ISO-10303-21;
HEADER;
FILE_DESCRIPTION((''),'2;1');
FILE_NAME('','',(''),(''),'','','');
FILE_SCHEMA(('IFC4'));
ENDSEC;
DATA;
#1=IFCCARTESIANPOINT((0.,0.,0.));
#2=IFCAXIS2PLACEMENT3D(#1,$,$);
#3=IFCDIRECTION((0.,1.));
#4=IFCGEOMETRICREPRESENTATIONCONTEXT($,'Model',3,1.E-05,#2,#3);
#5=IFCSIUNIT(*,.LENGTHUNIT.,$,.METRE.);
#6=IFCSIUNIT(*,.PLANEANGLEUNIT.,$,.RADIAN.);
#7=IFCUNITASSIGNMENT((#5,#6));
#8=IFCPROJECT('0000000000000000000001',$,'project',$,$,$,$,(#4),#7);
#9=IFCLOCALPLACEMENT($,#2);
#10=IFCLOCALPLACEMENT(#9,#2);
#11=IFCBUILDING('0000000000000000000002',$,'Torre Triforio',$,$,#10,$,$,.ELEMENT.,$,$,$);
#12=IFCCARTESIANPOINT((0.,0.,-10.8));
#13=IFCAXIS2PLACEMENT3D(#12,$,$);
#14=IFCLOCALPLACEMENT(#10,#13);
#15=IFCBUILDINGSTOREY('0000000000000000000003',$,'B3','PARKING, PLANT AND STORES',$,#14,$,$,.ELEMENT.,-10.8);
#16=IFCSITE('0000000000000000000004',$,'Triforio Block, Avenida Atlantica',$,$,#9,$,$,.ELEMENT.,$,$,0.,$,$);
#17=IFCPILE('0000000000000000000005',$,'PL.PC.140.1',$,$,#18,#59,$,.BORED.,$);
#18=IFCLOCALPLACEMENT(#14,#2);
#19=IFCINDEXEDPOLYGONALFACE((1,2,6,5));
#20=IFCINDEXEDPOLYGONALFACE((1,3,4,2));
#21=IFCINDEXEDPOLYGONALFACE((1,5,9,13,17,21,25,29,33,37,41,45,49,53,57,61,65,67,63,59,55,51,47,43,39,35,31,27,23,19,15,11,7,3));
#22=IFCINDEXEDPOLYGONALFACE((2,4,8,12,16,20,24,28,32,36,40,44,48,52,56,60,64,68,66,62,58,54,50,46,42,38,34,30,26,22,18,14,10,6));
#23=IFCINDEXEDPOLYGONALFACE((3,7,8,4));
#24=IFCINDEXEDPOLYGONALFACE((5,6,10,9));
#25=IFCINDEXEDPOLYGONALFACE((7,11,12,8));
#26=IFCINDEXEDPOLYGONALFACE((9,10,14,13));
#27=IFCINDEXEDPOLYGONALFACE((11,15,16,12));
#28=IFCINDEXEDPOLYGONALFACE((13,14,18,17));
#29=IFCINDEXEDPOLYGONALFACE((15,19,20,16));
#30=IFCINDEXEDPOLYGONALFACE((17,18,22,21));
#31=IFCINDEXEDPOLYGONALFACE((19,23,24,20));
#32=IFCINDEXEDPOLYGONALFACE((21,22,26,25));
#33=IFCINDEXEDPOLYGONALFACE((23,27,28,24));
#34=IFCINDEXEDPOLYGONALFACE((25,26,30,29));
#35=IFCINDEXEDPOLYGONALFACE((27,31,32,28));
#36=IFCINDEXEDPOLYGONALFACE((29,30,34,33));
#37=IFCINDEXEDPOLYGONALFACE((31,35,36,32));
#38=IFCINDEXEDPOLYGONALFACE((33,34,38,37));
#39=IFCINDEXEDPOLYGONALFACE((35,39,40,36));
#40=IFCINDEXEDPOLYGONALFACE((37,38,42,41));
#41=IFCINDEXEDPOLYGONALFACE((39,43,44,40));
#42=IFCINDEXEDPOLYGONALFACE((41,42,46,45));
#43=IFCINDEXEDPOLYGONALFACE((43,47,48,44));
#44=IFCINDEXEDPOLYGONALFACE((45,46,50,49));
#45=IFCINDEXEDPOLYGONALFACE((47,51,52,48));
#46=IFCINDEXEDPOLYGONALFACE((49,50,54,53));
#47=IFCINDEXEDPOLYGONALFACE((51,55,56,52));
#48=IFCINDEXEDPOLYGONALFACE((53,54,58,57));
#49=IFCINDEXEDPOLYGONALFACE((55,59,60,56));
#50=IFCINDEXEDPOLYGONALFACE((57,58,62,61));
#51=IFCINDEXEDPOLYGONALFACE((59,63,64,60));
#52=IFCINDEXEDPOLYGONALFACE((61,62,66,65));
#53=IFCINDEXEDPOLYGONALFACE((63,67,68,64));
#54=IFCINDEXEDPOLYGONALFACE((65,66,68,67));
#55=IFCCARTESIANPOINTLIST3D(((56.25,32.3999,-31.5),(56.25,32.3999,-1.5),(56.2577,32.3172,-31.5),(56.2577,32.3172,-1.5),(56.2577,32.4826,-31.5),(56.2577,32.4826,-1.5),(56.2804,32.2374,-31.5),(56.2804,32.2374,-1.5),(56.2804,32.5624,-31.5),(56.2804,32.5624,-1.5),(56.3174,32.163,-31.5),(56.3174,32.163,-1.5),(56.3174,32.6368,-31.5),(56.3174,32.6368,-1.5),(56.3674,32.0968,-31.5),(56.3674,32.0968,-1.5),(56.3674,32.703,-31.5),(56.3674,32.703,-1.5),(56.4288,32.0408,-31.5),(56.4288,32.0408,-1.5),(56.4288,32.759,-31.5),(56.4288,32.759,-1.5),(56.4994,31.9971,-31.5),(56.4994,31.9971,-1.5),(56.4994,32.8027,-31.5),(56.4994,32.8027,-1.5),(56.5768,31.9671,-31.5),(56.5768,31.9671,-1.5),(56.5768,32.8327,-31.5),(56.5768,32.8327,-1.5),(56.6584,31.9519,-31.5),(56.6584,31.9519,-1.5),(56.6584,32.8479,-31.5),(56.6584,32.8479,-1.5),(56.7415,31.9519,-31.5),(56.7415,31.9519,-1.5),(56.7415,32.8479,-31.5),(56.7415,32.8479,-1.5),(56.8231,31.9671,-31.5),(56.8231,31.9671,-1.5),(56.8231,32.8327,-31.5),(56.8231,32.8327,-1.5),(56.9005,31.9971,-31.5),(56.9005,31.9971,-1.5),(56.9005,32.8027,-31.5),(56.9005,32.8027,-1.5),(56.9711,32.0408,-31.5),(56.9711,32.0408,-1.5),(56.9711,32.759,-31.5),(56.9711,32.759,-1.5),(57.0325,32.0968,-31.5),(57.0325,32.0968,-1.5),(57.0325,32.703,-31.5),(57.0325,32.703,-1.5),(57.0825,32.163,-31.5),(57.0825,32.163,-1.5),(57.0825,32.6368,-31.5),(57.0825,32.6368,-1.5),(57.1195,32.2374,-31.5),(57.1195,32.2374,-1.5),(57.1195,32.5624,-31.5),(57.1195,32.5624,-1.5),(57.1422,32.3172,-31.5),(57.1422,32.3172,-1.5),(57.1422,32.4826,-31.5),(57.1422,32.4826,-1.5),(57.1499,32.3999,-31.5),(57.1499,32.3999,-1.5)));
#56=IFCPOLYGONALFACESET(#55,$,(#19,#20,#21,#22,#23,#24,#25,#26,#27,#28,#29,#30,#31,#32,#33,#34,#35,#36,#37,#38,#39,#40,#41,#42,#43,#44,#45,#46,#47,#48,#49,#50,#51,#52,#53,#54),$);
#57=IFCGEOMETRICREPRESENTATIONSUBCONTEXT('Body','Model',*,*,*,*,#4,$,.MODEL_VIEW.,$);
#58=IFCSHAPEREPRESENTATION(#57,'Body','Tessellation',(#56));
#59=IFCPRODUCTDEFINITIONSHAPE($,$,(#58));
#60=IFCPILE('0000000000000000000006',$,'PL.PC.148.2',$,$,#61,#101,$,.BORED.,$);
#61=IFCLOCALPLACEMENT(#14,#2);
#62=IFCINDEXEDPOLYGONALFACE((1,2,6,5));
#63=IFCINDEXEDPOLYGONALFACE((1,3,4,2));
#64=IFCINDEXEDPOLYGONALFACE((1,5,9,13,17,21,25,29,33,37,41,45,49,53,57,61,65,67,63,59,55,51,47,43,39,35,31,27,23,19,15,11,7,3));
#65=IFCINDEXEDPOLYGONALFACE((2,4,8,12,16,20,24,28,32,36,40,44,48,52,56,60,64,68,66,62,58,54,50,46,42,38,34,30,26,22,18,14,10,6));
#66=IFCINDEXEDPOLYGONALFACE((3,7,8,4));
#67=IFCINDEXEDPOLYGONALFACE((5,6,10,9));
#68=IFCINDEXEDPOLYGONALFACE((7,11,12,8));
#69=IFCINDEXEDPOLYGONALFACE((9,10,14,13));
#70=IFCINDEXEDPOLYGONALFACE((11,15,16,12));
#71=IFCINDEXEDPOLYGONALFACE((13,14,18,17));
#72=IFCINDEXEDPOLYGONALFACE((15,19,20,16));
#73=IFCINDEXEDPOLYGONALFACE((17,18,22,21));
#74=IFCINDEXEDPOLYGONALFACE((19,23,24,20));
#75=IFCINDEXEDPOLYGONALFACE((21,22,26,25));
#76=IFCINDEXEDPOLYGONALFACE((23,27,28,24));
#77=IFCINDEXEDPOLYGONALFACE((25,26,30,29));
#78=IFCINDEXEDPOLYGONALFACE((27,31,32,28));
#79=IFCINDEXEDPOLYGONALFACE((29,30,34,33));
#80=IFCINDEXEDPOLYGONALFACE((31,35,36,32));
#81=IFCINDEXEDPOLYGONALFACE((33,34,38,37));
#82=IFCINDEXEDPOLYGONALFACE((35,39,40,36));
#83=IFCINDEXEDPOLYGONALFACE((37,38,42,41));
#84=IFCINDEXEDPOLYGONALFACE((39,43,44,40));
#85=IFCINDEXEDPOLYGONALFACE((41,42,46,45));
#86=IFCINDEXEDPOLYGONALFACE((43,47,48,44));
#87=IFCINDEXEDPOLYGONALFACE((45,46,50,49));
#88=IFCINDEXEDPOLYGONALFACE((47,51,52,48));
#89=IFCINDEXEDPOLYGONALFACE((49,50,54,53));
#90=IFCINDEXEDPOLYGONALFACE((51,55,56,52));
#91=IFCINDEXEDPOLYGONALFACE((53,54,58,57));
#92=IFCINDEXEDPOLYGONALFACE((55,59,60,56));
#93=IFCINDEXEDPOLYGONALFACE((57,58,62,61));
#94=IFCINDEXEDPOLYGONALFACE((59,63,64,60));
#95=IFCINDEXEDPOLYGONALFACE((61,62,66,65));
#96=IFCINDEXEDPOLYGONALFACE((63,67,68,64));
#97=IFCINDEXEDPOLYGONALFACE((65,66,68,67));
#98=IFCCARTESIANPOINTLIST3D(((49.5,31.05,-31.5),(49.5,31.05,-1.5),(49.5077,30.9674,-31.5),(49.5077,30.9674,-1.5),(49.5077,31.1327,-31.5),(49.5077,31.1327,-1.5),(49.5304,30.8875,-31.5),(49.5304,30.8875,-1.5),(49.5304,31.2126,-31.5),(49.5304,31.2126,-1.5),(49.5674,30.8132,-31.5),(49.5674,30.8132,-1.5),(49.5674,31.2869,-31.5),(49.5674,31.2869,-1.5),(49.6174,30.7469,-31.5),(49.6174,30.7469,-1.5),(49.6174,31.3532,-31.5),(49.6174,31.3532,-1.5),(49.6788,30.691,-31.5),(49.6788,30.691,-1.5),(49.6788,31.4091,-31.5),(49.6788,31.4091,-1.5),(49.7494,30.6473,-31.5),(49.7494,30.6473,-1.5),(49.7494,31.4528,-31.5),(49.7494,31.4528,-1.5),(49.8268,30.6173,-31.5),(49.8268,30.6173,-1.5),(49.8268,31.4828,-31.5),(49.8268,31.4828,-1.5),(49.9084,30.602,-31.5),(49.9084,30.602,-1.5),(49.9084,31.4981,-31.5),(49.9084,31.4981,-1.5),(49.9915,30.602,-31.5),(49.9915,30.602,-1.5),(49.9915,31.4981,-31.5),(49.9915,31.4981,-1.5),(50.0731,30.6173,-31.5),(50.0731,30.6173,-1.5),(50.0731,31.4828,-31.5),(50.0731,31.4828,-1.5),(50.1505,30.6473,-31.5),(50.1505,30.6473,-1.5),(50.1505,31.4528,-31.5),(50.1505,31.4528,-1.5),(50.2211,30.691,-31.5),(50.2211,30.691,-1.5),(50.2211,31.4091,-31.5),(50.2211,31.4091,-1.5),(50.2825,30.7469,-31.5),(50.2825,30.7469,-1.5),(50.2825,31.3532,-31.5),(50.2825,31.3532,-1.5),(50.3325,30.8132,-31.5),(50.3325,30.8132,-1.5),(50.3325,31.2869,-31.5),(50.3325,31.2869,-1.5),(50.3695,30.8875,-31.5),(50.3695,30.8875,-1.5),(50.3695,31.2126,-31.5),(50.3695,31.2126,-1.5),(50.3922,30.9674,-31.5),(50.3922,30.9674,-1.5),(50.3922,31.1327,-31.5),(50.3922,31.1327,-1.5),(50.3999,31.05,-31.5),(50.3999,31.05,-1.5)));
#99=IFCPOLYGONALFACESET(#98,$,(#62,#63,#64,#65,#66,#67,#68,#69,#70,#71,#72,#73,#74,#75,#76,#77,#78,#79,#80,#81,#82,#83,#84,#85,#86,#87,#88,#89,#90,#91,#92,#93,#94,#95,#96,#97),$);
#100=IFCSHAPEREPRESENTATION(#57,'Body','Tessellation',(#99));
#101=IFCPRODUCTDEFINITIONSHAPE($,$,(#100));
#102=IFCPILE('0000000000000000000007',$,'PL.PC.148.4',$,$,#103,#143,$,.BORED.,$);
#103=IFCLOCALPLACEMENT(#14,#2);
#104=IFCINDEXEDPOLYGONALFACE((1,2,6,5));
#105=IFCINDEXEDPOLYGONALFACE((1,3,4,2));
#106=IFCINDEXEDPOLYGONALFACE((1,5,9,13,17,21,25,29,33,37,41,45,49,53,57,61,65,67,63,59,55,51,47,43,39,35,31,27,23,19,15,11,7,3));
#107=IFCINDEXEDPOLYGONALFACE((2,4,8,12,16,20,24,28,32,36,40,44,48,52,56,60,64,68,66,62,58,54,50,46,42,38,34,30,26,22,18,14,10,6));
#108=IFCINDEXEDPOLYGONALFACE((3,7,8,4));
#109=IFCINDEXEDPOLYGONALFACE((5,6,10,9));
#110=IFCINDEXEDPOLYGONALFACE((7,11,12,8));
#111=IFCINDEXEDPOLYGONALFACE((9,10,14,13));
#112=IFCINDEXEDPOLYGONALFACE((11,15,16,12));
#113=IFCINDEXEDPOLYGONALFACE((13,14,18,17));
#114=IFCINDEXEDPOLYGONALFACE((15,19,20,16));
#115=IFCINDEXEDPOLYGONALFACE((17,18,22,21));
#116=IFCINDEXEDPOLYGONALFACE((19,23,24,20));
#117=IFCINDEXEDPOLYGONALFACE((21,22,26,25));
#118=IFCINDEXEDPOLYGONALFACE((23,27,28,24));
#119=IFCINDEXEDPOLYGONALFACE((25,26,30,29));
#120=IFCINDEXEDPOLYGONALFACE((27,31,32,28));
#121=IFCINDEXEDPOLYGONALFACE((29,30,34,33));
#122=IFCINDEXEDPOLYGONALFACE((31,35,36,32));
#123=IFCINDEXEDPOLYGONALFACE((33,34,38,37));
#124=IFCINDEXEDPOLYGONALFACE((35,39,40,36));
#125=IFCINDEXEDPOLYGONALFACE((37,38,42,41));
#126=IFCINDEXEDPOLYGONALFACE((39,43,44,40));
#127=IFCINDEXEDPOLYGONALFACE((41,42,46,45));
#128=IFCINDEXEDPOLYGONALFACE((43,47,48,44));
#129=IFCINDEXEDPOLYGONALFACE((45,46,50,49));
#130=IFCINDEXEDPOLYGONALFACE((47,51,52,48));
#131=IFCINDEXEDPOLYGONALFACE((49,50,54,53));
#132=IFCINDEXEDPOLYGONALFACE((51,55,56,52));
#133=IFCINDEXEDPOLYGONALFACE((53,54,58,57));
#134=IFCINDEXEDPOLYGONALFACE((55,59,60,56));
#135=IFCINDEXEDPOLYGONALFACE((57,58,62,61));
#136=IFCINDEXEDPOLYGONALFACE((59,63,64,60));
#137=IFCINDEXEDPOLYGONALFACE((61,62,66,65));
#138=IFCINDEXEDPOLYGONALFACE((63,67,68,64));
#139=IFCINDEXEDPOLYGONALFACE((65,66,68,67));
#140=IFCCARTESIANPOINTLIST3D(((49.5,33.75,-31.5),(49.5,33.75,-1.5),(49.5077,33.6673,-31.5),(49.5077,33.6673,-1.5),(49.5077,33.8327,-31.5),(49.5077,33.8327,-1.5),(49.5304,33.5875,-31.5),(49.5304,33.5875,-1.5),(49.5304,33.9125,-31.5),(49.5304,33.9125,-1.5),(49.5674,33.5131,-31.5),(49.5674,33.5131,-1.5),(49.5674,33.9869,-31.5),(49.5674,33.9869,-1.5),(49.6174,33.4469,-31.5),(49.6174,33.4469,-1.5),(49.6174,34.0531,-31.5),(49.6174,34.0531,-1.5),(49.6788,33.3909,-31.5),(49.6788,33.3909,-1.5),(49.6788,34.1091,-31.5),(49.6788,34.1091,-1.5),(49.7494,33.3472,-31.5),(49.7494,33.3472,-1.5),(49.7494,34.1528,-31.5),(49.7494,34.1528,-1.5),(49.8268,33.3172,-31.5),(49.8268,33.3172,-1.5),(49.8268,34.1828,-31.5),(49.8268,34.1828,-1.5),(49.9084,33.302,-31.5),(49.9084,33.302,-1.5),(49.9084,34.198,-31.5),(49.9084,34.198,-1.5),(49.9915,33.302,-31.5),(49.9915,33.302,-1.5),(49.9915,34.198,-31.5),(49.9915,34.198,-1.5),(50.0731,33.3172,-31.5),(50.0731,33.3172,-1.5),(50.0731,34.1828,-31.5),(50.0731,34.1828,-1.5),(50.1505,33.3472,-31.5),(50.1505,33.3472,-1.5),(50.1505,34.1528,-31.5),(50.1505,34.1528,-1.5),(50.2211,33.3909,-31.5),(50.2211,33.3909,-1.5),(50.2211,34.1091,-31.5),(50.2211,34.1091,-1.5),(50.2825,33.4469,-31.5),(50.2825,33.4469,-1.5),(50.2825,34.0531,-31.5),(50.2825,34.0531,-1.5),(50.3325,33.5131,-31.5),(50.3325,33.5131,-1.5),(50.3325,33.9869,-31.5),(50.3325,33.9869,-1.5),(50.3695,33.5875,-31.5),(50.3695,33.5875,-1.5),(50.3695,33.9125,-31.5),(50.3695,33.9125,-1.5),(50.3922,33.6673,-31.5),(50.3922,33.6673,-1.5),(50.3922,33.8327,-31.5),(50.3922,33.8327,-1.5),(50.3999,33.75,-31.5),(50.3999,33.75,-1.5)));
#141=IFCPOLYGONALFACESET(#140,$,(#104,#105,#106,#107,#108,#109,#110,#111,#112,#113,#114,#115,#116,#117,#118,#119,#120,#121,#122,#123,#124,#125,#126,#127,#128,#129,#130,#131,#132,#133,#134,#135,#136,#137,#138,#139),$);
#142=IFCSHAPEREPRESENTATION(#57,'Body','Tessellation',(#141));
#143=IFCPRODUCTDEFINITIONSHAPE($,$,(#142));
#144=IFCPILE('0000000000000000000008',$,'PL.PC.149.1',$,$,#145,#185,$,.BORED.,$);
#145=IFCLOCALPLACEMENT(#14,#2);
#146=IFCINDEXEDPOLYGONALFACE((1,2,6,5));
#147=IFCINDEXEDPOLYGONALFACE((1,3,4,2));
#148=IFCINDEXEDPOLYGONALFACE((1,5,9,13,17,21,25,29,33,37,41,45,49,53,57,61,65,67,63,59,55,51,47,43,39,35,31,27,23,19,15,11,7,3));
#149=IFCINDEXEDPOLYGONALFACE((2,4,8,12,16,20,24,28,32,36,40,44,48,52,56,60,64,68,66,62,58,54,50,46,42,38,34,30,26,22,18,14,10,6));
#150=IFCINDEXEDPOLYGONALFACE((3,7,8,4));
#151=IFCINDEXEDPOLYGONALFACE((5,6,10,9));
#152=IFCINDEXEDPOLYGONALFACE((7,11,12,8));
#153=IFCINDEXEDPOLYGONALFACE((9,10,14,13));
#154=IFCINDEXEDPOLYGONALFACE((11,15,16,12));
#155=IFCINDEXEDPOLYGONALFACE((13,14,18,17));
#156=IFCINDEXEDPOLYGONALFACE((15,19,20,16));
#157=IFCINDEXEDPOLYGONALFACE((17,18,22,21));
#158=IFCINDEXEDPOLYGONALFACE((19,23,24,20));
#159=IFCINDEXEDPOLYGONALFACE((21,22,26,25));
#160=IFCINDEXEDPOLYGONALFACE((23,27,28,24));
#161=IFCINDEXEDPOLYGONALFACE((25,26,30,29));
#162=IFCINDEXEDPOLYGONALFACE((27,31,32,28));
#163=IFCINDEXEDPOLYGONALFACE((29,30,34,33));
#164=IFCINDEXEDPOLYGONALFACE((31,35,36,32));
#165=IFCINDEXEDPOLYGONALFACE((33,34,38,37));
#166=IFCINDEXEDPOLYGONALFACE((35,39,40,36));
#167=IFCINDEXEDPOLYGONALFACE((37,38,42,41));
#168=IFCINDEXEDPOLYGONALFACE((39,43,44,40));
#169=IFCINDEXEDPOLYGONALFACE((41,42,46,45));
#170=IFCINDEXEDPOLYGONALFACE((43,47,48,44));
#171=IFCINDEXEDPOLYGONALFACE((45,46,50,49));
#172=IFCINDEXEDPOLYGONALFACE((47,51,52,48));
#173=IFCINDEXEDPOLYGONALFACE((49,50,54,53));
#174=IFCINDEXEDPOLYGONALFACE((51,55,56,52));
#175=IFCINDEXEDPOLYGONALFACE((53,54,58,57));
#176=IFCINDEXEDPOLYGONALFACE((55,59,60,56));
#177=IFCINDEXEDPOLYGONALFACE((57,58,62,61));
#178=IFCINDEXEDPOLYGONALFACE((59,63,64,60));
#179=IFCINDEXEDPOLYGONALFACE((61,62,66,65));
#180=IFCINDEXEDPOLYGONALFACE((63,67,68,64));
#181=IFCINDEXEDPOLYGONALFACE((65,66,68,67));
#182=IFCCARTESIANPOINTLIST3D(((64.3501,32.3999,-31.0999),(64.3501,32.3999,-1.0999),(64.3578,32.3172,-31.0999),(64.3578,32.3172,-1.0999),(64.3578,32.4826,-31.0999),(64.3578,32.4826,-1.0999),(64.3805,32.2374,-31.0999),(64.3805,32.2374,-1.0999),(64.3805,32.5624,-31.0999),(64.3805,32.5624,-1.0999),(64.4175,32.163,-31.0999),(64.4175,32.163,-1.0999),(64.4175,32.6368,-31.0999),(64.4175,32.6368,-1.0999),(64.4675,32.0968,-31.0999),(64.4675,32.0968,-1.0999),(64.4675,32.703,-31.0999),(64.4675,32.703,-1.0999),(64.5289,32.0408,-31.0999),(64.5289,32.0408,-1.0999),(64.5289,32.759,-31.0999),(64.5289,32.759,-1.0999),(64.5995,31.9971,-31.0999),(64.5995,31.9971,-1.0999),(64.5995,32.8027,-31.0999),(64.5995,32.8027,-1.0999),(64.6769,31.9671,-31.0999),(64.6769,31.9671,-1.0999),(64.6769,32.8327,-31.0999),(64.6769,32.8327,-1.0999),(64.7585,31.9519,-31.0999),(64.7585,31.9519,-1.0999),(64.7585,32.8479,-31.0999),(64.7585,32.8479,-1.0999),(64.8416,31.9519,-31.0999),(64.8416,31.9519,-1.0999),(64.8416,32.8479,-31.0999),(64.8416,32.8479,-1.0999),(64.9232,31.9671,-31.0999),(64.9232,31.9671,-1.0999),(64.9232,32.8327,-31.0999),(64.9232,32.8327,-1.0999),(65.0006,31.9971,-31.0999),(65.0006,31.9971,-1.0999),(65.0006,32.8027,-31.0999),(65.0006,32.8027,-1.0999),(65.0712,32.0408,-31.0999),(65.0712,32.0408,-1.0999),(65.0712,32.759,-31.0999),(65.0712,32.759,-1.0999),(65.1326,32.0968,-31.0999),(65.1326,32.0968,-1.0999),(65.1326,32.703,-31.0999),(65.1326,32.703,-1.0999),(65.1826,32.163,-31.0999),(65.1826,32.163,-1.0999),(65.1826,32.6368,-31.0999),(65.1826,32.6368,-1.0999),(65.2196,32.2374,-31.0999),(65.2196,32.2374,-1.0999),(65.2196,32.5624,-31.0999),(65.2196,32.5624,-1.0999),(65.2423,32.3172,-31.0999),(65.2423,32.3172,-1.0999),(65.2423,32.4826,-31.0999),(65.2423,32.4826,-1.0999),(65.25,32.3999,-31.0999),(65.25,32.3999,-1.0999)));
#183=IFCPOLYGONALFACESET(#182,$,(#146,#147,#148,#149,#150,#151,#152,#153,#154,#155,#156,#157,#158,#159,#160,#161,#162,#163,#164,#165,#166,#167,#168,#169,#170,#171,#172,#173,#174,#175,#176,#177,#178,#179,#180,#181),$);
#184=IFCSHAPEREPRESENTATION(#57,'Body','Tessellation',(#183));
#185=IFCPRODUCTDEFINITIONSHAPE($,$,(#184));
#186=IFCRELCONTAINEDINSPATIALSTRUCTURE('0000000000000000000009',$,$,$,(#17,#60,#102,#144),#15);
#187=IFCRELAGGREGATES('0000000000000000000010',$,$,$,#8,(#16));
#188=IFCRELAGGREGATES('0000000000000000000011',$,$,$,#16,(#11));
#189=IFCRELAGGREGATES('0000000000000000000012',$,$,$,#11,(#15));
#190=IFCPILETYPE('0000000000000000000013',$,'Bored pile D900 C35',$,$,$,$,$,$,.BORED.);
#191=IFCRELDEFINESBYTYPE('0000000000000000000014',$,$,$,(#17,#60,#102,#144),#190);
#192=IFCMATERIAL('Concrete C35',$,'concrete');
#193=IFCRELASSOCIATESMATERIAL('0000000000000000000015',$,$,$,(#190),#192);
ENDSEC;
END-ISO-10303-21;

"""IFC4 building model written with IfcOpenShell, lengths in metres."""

from ifc_helpers import new_model, si_unit, direction, frame, origin, origin_2d, place, context, subcontext, project, spatial, circle, extrude, material, material_profile, profile_set, type_object, element, save


model = new_model("IFC4")

# Units and contexts
model_context = context("Model", 3, precision=1e-05, world=origin(), true_north=direction((0.0, 1.0)))
body_context = subcontext(model_context, "Body", "Model", "MODEL_VIEW")
ifc_project = project(units=[si_unit("LENGTHUNIT", "METRE"), si_unit("PLANEANGLEUNIT", "RADIAN")], contexts=[model_context])

# Site, building, storey
site_placement = place(None, origin())
site = spatial("IfcSite", under=ifc_project, at=site_placement, Name="Triforio Block, Avenida Atlantica", CompositionType="ELEMENT", RefElevation=0.0)
building_placement = place(site_placement, origin())
building = spatial("IfcBuilding", under=site, at=building_placement, Name="Torre Triforio", CompositionType="ELEMENT")
storey_placement = place(building_placement, frame((0.0, 0.0, -10.8)))
storey = spatial("IfcBuildingStorey", under=building, at=storey_placement, Name="B3", Description="PARKING, PLANT AND STORES", CompositionType="ELEMENT", Elevation=-10.8)

# Piles
ifc_material_1 = material(Name="Concrete C35", Category="concrete")
ifc_material_profile_1 = material_profile(ifc_material_1, circle(Radius=0.45, at=origin_2d()), Name="RC D900")
ifc_profile_set_1 = profile_set([ifc_material_profile_1], Name="Concrete C35")
pile_type = type_object("IfcPileType", Name="Bored pile D900 C35", PredefinedType="BORED", material=ifc_profile_set_1)
for number, where, z_axis, x_axis, name in (
    (1, (56.7, 32.3999, -1.5), (0.0, 0.0, -1.0), (1.0, 0.0, 0.0), "PL.PC.140.1"),
    (2, (49.95, 31.05, -1.5), (0.0, 0.0, -1.0), (1.0, 0.0, 0.0), "PL.PC.148.2"),
    (3, (49.95, 33.75, -1.5), (0.0, 0.0, -1.0), (1.0, 0.0, 0.0), "PL.PC.148.4"),
    (4, (64.8, 32.3999, -1.0999), (0.0, 0.0, -1.0), (1.0, 0.0, 0.0), "PL.PC.149.1"),
):
    element("IfcPile", number, at=place(storey_placement, frame(where, z_axis=z_axis, x_axis=x_axis)), inside=storey, type_object=pile_type, Name=name, PredefinedType="BORED", context=body_context, shape_type="SweptSolid", body=[
        extrude(circle(Radius=0.45, at=origin_2d()), origin(), (0.0, 0.0, 1.0), 30.0),
    ])

save(model, "model.ifc")
